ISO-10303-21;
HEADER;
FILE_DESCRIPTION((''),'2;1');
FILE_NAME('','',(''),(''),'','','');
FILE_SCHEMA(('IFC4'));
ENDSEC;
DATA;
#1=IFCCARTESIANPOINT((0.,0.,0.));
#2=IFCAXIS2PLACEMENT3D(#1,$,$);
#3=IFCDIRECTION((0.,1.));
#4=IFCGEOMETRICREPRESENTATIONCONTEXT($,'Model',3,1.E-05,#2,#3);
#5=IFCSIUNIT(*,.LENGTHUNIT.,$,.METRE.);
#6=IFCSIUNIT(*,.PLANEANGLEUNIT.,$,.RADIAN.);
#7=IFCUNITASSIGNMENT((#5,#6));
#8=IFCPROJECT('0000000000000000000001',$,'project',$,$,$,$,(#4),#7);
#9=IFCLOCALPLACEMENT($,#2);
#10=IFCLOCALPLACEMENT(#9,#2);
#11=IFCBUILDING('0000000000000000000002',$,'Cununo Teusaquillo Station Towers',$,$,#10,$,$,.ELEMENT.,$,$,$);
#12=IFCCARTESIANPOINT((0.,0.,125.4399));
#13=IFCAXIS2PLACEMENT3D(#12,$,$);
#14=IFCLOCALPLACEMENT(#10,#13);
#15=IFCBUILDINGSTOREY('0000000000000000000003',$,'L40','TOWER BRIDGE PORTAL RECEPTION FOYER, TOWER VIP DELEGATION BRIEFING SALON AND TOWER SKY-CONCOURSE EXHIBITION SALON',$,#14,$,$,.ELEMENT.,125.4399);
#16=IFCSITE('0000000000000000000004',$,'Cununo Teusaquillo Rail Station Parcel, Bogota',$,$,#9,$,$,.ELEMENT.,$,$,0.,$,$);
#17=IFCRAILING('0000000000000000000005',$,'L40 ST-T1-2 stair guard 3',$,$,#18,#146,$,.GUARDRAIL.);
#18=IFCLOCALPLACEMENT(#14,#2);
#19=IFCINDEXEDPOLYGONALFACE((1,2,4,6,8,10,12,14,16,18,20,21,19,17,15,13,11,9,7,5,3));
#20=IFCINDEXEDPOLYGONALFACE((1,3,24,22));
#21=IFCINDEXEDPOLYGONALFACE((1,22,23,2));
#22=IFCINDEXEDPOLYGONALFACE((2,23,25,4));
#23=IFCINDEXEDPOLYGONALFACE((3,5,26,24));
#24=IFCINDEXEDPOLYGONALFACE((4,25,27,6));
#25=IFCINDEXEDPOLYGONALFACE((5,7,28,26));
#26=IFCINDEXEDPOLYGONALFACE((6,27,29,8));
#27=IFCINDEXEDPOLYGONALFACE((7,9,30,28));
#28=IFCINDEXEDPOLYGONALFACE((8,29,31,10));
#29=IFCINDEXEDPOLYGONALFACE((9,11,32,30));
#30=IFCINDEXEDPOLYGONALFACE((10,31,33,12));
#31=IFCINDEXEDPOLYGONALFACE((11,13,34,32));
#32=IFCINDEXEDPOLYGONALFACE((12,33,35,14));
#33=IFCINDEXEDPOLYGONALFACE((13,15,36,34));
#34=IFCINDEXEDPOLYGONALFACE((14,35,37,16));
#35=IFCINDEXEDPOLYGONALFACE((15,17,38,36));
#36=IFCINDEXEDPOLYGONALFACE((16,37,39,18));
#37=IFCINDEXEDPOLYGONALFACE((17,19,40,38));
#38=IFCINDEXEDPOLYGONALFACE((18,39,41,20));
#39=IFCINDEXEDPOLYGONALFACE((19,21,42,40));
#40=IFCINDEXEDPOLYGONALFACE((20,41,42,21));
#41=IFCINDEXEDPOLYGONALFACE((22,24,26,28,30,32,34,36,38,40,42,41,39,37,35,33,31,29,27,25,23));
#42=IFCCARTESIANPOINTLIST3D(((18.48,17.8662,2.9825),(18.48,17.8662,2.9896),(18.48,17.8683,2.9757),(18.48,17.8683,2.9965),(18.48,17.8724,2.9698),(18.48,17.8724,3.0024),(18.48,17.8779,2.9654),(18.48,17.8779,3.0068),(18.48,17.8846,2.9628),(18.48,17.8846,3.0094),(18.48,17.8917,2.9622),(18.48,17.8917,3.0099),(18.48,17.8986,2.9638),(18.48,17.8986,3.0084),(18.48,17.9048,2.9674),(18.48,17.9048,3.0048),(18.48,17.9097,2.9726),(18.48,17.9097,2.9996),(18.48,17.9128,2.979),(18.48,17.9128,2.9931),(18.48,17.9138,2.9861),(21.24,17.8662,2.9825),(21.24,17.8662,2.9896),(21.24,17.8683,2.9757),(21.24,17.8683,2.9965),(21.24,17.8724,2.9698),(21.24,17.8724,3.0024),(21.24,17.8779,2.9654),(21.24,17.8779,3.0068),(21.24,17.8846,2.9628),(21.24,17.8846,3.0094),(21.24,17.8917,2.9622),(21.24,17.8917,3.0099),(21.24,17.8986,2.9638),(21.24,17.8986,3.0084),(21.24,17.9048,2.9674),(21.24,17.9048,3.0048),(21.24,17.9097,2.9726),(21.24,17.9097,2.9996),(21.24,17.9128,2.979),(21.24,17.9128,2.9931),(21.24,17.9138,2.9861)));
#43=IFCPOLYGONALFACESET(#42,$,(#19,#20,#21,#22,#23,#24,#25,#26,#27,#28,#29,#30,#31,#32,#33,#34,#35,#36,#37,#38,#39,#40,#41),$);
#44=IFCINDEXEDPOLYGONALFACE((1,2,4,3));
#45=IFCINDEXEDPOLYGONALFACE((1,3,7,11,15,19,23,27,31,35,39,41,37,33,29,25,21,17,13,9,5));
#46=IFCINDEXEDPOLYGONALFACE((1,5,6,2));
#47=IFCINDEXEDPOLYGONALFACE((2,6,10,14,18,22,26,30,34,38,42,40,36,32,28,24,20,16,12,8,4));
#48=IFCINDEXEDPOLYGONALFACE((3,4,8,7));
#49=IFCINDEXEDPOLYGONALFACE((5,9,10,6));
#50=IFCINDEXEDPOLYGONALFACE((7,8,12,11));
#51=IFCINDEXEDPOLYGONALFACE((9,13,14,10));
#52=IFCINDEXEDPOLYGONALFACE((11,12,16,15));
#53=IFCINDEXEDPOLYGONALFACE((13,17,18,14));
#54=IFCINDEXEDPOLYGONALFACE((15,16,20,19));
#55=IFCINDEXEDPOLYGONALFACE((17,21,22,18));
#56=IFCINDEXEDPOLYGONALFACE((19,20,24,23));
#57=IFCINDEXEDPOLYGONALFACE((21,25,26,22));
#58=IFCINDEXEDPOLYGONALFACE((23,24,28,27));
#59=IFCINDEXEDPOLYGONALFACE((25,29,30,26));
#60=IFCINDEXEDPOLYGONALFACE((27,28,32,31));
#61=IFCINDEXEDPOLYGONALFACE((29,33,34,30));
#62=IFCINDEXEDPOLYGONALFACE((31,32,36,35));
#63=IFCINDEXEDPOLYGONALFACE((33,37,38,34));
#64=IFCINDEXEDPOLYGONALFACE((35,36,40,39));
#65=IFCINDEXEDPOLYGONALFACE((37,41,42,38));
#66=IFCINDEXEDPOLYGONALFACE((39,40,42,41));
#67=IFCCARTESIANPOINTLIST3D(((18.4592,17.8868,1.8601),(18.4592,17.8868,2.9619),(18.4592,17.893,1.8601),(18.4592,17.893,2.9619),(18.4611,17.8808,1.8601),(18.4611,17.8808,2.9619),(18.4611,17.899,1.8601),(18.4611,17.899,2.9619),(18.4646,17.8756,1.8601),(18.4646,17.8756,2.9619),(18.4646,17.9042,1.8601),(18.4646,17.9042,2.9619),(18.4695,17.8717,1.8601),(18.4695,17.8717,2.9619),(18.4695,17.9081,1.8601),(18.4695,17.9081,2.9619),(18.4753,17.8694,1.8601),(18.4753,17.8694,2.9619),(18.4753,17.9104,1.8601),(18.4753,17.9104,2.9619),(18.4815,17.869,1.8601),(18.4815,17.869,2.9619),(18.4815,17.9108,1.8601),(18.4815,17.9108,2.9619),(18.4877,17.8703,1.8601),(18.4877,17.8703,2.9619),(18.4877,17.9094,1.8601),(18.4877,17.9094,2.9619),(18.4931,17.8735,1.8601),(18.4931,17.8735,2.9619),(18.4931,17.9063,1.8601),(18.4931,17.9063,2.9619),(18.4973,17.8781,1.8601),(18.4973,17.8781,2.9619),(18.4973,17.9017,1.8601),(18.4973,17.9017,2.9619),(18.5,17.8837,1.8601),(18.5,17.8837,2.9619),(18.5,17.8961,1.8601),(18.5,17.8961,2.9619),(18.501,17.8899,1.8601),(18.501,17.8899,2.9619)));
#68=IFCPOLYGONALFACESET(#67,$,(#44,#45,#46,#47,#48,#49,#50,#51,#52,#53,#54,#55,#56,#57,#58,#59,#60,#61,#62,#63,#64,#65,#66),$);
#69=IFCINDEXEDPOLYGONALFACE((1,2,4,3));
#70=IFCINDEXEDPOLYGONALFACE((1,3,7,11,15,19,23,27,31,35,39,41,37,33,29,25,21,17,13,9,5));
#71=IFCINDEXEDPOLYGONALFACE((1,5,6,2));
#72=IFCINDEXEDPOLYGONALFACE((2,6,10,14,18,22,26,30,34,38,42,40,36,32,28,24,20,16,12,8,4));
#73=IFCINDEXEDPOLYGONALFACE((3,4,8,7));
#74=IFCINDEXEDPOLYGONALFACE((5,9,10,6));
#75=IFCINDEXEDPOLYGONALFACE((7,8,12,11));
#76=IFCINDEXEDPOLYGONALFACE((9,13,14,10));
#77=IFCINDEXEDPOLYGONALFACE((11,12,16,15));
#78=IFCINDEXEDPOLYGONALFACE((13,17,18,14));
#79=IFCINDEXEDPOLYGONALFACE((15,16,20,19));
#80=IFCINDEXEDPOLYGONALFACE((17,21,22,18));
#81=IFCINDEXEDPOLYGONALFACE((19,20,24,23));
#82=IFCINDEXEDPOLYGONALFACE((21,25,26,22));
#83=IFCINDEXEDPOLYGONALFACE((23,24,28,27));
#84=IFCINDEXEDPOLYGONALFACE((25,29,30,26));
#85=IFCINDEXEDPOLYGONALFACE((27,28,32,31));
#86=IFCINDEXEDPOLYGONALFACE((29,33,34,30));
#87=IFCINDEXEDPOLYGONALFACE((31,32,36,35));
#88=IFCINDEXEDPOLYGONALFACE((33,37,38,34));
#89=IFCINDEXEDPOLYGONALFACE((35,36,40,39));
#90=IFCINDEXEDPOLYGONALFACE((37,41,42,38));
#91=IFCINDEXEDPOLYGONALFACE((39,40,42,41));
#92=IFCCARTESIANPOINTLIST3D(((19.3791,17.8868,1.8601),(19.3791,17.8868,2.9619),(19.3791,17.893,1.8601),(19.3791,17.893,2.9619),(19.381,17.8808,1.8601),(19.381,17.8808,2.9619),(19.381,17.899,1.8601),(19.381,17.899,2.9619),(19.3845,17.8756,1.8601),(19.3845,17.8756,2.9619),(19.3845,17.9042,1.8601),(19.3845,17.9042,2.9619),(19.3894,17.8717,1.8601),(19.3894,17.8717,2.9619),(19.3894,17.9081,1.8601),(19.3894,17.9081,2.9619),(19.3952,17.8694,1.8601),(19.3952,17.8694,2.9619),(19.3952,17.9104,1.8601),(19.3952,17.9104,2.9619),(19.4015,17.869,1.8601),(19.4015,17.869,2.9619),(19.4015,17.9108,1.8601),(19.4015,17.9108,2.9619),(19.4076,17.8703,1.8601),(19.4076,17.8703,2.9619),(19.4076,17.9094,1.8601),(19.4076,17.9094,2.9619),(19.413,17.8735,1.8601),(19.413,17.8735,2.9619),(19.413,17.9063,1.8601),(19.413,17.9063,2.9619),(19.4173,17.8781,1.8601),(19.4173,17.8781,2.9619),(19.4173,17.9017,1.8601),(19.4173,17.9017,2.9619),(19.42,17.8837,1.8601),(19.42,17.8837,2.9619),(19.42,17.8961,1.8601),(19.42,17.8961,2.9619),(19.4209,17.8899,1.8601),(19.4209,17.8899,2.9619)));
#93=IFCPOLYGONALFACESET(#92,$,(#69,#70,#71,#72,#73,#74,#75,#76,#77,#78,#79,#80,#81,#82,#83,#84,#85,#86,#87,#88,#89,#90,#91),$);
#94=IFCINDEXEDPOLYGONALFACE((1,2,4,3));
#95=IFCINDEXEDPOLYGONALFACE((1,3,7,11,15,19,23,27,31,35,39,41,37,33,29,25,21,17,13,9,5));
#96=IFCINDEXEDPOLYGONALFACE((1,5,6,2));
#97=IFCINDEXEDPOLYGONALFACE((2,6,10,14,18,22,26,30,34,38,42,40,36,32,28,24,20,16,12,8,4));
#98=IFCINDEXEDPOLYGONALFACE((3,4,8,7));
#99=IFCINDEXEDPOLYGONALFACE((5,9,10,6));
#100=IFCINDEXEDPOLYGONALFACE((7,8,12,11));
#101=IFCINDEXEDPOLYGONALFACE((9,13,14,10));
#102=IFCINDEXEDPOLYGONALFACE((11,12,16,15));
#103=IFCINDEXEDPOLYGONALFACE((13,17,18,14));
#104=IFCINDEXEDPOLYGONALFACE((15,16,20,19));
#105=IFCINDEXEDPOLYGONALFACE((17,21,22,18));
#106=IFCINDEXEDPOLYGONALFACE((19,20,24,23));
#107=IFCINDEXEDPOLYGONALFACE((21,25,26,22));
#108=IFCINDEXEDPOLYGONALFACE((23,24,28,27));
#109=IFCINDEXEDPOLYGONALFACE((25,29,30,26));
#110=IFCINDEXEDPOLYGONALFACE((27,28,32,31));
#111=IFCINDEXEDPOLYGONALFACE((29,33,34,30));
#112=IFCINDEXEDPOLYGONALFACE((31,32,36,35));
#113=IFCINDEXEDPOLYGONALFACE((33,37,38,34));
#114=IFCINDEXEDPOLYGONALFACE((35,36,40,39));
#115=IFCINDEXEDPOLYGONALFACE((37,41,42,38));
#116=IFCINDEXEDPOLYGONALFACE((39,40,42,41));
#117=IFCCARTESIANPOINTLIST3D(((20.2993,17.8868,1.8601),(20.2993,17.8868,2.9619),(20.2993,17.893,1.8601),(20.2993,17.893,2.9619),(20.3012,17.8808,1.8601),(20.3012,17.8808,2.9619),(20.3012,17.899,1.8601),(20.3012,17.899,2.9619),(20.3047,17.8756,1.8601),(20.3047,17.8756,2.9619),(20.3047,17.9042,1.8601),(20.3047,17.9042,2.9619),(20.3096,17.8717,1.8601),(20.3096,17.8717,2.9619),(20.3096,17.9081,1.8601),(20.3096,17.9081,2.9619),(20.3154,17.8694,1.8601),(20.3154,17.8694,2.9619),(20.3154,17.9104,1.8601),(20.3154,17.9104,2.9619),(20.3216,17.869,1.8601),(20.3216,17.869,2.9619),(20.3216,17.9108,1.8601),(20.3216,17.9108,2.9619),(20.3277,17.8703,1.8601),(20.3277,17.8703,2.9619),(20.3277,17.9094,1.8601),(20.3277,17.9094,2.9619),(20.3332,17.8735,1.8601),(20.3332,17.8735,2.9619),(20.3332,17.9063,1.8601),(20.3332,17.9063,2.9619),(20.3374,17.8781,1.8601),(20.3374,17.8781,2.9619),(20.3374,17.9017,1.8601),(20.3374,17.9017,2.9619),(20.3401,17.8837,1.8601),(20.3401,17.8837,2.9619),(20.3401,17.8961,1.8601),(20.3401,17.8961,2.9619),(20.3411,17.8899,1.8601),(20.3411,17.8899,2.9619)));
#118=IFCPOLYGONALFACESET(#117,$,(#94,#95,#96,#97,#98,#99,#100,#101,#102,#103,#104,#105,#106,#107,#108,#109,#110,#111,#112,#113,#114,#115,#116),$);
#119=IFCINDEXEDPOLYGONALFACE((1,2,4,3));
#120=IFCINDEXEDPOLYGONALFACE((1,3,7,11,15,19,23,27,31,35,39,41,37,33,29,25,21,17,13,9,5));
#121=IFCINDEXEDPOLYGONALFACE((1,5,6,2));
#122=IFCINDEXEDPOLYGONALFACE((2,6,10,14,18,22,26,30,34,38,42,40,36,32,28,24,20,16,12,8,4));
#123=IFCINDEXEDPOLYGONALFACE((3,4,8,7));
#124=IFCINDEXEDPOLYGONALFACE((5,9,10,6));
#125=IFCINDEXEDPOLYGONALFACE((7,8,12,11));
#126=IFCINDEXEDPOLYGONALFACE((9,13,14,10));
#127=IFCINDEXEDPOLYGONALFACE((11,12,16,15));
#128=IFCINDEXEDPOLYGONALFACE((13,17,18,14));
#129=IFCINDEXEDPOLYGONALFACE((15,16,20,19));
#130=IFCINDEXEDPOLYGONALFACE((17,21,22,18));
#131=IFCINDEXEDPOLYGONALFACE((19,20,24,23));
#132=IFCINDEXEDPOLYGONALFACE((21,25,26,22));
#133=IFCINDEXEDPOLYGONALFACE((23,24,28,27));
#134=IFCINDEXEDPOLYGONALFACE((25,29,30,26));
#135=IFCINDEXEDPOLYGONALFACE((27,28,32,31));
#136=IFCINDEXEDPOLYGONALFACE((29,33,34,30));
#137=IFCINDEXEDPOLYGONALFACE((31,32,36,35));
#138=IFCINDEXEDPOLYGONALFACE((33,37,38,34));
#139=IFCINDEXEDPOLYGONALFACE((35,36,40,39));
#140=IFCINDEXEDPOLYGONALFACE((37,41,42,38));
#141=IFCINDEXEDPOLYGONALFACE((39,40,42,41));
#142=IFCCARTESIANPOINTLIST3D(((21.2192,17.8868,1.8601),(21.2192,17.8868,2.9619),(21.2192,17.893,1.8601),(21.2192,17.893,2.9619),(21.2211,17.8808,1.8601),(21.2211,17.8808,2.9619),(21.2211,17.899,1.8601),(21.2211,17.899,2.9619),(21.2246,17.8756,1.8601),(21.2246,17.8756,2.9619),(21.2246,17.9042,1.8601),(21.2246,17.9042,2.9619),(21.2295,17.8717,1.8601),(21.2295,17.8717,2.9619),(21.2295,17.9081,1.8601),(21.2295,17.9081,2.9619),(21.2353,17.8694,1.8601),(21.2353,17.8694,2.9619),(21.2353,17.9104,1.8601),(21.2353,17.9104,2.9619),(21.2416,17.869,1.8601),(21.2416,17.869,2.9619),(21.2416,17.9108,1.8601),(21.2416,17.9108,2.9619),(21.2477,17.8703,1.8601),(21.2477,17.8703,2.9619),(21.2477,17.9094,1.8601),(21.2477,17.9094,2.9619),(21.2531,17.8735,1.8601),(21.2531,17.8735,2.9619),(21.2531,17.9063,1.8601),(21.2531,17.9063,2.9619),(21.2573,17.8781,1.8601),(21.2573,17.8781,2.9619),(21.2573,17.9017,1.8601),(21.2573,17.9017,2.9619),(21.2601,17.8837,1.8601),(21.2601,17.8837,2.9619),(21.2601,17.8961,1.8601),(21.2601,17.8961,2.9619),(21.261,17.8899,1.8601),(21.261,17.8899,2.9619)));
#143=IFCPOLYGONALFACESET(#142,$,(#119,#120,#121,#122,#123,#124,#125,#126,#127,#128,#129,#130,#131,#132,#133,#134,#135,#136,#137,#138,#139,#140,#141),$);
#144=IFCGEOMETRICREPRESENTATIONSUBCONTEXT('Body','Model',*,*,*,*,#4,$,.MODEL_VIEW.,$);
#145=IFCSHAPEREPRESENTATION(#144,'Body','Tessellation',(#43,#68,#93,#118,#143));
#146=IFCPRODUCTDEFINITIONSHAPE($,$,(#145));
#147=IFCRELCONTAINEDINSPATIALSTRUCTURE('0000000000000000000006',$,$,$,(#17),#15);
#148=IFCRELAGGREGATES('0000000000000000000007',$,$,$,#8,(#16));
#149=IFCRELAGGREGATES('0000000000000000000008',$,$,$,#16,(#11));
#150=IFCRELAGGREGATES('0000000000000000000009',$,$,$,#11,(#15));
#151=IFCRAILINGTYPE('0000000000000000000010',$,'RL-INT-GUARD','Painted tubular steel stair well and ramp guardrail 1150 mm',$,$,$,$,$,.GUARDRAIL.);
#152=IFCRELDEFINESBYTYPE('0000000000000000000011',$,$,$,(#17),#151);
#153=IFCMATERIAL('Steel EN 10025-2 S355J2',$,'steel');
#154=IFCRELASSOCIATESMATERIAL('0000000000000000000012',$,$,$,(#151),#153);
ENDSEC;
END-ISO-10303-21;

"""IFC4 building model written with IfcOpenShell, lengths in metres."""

from ifc_helpers import new_model, si_unit, direction, frame, origin, origin_2d, place, context, subcontext, project, spatial, circle, extrude, material, type_object, element, save


model = new_model("IFC4")

# Units and contexts
model_context = context("Model", 3, precision=1e-05, world=origin(), true_north=direction((0.0, 1.0)))
body_context = subcontext(model_context, "Body", "Model", "MODEL_VIEW")
ifc_project = project(units=[si_unit("LENGTHUNIT", "METRE"), si_unit("PLANEANGLEUNIT", "RADIAN")], contexts=[model_context])

# Site, building, storey
site_placement = place(None, origin())
site = spatial("IfcSite", under=ifc_project, at=site_placement, Name="Cununo Teusaquillo Rail Station Parcel, Bogota", CompositionType="ELEMENT", RefElevation=0.0)
building_placement = place(site_placement, origin())
building = spatial("IfcBuilding", under=site, at=building_placement, Name="Cununo Teusaquillo Station Towers", CompositionType="ELEMENT")
storey_placement = place(building_placement, frame((0.0, 0.0, 125.4399)))
storey = spatial("IfcBuildingStorey", under=building, at=storey_placement, Name="L40", Description="TOWER BRIDGE PORTAL RECEPTION FOYER, TOWER VIP DELEGATION BRIEFING SALON AND TOWER SKY-CONCOURSE EXHIBITION SALON", CompositionType="ELEMENT", Elevation=125.4399)

# Railing
ifc_material_1 = material(Name="Steel EN 10025-2 S355J2", Category="steel")
railing_type_1 = type_object("IfcRailingType", Name="RL-INT-GUARD", Description="Painted tubular steel stair well and ramp guardrail 1150 mm", PredefinedType="GUARDRAIL", material=ifc_material_1)
railing_1_placement = place(storey_placement, frame((18.48, 17.8899, 1.8601)))
element("IfcRailing", 1, at=railing_1_placement, inside=storey, type_object=railing_type_1, Name="L40 ST-T1-2 stair guard 3", PredefinedType="GUARDRAIL", context=body_context, shape_type="SweptSolid", body=[
    extrude(circle(Radius=0.0239, at=origin_2d()), frame((0.0, 0.0, 1.126), z_axis=(1.0, 0.0, 0.0), x_axis=(0.0, 1.0, 0.0)), (0.0, 0.0, 1.0), 2.76),
    extrude(circle(Radius=0.021, at=origin_2d()), origin(), (0.0, 0.0, 1.0), 1.1018),
    extrude(circle(Radius=0.021, at=origin_2d()), frame((0.9199, 0.0, 0.0)), (0.0, 0.0, 1.0), 1.1018),
    extrude(circle(Radius=0.021, at=origin_2d()), frame((1.8401, 0.0, 0.0)), (0.0, 0.0, 1.0), 1.1018),
    extrude(circle(Radius=0.021, at=origin_2d()), frame((2.76, 0.0, 0.0)), (0.0, 0.0, 1.0), 1.1018),
])

save(model, "model.ifc")
